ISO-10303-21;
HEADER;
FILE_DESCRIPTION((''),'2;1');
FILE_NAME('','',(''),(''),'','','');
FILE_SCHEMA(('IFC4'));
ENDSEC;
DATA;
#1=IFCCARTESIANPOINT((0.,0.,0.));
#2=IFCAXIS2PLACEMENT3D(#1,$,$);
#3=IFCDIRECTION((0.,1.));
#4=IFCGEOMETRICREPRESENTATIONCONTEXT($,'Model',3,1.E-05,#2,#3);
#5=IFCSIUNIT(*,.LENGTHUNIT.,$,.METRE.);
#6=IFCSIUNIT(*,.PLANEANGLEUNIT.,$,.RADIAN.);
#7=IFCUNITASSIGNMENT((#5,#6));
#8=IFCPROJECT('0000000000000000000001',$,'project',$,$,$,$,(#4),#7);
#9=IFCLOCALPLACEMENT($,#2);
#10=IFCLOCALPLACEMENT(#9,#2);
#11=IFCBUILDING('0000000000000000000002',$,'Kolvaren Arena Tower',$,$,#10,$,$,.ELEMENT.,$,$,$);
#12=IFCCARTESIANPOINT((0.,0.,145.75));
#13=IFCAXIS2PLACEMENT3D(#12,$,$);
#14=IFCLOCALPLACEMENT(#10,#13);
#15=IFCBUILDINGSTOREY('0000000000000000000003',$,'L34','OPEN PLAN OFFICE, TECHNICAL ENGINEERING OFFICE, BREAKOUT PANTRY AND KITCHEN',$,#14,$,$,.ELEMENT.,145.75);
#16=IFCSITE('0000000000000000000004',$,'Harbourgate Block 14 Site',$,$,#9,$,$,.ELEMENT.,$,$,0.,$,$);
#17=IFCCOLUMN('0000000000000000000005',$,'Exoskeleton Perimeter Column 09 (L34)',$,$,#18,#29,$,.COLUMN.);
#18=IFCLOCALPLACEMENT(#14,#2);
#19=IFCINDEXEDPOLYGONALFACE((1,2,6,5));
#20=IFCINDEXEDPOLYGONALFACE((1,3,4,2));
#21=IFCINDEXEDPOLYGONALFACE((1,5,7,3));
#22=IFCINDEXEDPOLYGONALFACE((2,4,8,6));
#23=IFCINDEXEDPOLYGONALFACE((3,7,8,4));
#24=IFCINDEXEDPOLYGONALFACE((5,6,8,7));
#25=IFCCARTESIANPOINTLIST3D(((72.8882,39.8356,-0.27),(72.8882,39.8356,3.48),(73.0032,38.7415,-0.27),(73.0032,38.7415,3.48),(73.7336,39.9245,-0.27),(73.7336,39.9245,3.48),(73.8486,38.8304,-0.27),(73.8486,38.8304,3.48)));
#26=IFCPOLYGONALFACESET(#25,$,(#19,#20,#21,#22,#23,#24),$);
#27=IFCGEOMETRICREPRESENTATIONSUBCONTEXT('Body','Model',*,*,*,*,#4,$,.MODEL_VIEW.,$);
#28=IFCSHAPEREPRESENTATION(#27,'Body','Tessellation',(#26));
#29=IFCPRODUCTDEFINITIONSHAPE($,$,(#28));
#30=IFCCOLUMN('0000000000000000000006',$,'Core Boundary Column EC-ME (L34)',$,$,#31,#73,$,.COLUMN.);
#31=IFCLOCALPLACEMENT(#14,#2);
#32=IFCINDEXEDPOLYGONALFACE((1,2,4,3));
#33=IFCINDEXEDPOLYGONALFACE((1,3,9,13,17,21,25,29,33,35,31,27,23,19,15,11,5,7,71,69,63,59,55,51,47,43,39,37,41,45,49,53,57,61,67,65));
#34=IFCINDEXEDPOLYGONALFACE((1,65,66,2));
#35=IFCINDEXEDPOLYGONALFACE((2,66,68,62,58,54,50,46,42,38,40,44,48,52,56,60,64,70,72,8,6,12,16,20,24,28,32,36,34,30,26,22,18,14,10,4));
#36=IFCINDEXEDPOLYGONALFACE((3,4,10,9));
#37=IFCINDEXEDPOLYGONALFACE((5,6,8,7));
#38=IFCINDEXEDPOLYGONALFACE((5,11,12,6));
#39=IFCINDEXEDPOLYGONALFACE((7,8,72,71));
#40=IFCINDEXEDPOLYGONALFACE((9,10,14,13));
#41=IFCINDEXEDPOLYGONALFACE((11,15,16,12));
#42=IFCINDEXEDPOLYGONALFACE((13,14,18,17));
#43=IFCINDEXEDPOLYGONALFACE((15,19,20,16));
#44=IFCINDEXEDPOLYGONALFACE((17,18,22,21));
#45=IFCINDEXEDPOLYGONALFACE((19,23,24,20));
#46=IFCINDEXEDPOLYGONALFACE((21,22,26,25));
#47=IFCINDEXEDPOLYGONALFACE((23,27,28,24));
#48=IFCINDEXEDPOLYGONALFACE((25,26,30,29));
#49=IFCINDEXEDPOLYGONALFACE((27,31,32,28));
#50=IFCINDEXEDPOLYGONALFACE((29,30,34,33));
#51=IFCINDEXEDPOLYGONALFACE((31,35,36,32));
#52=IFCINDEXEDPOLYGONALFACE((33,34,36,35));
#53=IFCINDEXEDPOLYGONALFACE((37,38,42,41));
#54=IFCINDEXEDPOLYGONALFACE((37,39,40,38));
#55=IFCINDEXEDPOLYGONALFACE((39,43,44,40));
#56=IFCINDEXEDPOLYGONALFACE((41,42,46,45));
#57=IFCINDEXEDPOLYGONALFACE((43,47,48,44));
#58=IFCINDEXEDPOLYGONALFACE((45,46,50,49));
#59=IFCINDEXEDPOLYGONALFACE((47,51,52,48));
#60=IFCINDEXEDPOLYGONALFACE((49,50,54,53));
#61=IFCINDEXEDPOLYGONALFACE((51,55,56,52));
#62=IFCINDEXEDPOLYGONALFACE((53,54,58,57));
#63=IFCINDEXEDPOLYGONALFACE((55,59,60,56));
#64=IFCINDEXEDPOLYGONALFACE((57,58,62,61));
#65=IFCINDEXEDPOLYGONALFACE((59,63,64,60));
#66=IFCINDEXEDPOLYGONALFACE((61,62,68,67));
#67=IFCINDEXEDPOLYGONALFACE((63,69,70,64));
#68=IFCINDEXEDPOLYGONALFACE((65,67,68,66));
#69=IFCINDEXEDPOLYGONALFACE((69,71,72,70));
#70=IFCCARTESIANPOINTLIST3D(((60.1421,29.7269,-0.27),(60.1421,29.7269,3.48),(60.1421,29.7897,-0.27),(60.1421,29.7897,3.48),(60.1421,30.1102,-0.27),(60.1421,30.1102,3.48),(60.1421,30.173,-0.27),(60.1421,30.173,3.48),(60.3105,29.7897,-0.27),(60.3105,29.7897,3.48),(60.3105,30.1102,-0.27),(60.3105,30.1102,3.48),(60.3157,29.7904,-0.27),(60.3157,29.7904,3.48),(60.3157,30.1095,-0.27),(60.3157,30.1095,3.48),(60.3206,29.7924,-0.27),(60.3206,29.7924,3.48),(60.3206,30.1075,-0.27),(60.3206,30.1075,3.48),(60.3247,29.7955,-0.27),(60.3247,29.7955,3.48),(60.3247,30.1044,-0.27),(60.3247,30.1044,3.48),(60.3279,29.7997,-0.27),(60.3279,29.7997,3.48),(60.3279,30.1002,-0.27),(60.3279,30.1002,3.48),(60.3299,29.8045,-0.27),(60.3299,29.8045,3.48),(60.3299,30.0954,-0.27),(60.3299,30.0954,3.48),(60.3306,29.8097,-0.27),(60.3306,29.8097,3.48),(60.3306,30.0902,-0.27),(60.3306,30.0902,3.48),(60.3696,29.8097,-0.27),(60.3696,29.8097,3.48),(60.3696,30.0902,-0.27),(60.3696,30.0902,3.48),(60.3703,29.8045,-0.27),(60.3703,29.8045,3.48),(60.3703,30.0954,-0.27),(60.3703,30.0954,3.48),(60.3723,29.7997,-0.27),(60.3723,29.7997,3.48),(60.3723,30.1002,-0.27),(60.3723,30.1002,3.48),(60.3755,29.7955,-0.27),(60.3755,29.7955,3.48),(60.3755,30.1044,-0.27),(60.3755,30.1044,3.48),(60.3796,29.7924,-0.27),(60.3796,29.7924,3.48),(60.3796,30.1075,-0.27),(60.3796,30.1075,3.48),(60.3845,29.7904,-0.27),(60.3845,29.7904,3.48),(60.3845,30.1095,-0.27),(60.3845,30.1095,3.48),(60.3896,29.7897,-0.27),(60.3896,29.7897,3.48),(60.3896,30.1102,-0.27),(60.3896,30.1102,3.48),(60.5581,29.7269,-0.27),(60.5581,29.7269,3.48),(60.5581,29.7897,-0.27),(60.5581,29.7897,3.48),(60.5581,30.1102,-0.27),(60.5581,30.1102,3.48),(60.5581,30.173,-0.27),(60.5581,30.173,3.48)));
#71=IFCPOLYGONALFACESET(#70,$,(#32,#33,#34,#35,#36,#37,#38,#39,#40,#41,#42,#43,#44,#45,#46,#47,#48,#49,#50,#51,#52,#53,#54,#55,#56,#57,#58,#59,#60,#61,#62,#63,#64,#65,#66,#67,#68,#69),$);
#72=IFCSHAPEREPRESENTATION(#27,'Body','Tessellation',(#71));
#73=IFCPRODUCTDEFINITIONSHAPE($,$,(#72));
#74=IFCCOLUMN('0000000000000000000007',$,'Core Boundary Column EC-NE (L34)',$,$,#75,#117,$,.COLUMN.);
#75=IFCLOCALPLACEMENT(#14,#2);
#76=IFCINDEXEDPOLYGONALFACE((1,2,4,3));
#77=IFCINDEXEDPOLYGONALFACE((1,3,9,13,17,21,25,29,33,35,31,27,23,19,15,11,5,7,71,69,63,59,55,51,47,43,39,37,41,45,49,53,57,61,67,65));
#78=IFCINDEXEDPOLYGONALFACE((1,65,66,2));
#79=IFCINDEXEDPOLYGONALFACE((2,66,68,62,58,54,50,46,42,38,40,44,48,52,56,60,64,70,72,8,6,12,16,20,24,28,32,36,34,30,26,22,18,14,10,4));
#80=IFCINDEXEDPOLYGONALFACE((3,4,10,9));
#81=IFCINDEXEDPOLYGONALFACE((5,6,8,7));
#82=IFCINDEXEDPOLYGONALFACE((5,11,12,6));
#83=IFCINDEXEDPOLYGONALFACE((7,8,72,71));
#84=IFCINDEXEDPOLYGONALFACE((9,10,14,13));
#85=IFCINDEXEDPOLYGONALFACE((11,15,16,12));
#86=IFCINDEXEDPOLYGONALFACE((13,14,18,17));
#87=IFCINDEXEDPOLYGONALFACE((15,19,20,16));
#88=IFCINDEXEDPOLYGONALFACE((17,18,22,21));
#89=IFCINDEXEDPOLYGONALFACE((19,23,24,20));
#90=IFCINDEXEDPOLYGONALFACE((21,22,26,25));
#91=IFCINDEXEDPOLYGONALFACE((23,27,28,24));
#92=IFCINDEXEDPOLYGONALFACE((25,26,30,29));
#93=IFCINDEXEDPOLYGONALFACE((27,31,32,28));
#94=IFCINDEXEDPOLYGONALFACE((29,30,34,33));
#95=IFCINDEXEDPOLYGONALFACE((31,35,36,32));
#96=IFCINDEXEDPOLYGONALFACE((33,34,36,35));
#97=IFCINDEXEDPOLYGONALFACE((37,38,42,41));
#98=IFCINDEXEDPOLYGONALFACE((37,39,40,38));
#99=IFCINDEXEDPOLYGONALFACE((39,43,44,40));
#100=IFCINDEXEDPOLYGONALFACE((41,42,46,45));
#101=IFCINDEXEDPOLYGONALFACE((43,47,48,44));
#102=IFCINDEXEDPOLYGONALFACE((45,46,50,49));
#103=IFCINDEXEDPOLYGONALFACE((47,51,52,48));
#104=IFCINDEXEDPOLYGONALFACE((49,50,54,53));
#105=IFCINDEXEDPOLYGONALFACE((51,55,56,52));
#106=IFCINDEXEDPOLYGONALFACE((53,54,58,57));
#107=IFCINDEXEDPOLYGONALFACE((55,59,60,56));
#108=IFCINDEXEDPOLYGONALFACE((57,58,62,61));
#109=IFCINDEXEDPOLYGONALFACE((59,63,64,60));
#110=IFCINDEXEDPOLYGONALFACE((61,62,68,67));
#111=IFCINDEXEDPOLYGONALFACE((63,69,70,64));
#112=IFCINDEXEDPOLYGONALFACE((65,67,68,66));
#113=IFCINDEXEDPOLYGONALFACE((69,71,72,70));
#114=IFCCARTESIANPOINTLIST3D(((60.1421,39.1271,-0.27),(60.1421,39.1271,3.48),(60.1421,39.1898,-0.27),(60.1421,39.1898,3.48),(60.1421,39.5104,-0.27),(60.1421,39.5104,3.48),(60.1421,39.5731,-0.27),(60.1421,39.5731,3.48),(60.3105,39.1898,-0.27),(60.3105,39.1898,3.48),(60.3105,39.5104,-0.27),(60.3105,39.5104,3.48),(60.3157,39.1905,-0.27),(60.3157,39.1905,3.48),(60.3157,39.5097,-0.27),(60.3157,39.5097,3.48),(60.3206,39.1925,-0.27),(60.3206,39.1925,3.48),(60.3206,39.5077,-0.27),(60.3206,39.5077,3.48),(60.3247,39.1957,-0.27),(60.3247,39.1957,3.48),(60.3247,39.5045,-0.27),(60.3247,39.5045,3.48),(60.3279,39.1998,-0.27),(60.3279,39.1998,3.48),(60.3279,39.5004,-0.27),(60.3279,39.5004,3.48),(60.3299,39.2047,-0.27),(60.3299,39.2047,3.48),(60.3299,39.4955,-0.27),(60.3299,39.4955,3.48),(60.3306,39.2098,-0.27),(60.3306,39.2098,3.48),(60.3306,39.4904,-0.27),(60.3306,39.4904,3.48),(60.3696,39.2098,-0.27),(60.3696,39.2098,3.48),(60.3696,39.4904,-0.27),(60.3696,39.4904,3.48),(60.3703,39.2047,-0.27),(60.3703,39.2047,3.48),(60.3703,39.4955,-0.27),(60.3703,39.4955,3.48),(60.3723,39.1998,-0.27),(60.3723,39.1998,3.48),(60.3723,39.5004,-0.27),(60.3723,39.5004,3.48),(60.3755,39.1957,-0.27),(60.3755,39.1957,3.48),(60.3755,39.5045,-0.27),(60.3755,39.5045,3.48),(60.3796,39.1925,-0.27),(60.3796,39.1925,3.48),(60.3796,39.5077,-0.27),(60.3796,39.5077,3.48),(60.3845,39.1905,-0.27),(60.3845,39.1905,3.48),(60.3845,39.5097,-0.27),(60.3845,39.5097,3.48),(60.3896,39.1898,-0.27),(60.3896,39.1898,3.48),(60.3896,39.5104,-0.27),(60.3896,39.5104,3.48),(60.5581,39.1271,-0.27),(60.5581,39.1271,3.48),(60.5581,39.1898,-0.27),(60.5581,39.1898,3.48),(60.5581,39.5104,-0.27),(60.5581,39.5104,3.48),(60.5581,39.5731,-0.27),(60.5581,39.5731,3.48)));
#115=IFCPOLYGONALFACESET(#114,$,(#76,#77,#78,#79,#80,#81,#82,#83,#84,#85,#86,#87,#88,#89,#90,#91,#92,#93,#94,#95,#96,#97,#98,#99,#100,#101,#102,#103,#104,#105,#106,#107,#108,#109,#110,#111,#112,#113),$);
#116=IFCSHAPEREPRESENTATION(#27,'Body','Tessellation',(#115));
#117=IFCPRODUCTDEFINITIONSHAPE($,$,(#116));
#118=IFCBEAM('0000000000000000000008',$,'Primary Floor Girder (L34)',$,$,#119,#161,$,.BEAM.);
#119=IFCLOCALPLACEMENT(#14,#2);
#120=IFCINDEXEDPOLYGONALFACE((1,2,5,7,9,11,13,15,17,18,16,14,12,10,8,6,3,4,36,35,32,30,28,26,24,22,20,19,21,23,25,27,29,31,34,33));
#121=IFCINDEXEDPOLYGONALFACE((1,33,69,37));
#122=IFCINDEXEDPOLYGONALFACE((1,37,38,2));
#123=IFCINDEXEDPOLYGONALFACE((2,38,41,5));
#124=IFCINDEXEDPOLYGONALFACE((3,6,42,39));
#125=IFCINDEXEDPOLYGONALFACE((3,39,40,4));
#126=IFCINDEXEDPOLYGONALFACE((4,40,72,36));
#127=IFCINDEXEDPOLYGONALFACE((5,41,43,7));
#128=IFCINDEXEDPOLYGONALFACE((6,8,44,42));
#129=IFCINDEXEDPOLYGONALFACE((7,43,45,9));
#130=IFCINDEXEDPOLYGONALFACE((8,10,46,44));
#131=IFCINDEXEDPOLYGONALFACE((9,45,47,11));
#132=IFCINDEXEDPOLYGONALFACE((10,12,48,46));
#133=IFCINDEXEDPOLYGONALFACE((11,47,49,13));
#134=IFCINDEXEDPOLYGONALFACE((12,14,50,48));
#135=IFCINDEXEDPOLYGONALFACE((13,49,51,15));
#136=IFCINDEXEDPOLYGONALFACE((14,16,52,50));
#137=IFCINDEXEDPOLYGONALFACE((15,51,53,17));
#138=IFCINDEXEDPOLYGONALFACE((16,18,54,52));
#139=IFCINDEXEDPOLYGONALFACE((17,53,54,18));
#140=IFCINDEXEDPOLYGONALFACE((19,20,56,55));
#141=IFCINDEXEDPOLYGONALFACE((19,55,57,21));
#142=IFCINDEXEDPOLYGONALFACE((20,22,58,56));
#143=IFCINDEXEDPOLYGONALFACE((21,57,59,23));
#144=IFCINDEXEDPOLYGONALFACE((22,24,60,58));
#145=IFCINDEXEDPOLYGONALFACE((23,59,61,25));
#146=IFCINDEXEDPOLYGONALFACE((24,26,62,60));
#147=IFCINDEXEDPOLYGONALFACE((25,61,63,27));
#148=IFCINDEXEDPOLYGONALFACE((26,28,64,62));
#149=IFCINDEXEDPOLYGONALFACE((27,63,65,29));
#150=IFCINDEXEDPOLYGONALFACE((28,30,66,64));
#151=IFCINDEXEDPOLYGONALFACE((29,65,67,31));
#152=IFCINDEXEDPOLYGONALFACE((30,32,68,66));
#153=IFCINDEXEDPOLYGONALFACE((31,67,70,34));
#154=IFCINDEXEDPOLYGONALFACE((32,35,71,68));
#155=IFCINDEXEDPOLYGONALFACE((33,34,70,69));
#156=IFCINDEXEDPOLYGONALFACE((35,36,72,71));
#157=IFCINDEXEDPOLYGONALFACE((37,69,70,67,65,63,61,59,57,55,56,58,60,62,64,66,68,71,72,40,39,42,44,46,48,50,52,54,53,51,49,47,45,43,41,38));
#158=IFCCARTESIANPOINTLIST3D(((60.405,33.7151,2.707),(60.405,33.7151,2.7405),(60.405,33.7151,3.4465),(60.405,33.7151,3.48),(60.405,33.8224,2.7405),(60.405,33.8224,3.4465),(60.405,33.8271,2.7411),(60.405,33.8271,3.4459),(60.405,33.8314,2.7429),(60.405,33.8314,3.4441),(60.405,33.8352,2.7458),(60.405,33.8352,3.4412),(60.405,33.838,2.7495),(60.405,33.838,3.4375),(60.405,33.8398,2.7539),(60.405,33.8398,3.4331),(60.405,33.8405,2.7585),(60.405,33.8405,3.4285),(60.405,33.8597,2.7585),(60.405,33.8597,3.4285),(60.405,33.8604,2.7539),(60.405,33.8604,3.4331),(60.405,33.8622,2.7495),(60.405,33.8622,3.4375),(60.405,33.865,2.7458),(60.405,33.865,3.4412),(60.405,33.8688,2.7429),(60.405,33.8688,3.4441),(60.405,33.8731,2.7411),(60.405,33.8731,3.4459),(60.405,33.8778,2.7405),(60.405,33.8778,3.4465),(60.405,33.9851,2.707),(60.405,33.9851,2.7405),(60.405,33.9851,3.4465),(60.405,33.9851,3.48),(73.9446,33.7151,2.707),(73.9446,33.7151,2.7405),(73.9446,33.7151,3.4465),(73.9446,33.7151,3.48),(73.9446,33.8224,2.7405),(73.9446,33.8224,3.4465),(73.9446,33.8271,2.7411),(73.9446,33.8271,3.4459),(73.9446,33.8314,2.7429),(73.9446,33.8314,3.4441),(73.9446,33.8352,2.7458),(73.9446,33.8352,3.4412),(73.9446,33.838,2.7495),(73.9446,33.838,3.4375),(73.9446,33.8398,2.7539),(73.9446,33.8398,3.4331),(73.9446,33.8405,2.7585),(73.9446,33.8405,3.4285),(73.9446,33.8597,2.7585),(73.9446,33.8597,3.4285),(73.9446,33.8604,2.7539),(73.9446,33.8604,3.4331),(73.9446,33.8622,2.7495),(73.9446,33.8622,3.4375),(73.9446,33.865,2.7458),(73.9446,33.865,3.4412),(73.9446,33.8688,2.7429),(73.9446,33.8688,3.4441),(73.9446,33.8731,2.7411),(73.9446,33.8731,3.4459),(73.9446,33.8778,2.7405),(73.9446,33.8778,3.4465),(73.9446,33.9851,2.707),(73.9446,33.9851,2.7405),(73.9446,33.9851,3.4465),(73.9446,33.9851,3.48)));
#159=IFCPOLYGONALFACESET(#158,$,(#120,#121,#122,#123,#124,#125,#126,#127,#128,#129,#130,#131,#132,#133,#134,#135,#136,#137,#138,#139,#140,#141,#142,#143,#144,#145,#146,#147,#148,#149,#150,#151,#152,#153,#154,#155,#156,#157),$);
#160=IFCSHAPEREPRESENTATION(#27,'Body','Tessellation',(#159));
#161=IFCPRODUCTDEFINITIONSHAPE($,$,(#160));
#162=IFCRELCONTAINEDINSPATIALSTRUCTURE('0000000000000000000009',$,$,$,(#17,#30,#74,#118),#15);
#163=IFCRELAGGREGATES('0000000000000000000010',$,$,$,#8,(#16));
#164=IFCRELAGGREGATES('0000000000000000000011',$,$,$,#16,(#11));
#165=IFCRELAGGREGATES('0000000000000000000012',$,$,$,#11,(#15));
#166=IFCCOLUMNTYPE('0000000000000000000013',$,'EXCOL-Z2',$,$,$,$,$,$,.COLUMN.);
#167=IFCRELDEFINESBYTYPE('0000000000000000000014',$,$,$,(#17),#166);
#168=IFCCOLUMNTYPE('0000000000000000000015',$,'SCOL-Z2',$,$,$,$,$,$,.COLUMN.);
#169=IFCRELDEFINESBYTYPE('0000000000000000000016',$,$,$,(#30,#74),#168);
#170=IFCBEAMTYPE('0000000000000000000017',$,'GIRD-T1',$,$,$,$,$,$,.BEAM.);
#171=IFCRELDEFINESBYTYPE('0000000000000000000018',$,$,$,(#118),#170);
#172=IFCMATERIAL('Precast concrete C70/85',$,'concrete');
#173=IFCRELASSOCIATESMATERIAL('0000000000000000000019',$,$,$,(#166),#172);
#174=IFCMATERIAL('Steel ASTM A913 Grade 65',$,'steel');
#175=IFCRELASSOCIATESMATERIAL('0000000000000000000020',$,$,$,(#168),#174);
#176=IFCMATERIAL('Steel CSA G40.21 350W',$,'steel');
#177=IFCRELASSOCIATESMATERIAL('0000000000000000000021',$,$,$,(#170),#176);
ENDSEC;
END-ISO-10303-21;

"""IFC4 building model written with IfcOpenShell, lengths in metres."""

from ifc_helpers import new_model, si_unit, direction, frame, origin, origin_2d, place, context, subcontext, project, spatial, rectangle, i_section, extrude, material, material_profile, profile_set, type_object, element, save


model = new_model("IFC4")

# Units and contexts
model_context = context("Model", 3, precision=1e-05, world=origin(), true_north=direction((0.0, 1.0)))
body_context = subcontext(model_context, "Body", "Model", "MODEL_VIEW")
ifc_project = project(units=[si_unit("LENGTHUNIT", "METRE"), si_unit("PLANEANGLEUNIT", "RADIAN")], contexts=[model_context])

# Site, building, storey
site_placement = place(None, origin())
site = spatial("IfcSite", under=ifc_project, at=site_placement, Name="Harbourgate Block 14 Site", CompositionType="ELEMENT", RefElevation=0.0)
building_placement = place(site_placement, origin())
building = spatial("IfcBuilding", under=site, at=building_placement, Name="Kolvaren Arena Tower", CompositionType="ELEMENT")
storey_placement = place(building_placement, frame((0.0, 0.0, 145.75)))
storey = spatial("IfcBuildingStorey", under=building, at=storey_placement, Name="L34", Description="OPEN PLAN OFFICE, TECHNICAL ENGINEERING OFFICE, BREAKOUT PANTRY AND KITCHEN", CompositionType="ELEMENT", Elevation=145.75)

# Columns
ifc_material_1 = material(Name="Precast concrete C70/85", Category="concrete")
ifc_material_profile_1 = material_profile(ifc_material_1, rectangle(XDim=1.1001, YDim=0.8501, at=origin_2d()), Name="RC-1100x850")
ifc_profile_set_1 = profile_set([ifc_material_profile_1], Name="Precast concrete C70/85")
column_type_1 = type_object("IfcColumnType", Name="EXCOL-Z2", PredefinedType="COLUMN", material=ifc_profile_set_1)
column_placement = place(storey_placement, frame((73.3684, 39.333, -0.27), z_axis=(0.0, 0.0, 1.0), x_axis=(-0.104528, 0.994522, 0.0)))
element("IfcColumn", 1, at=column_placement, inside=storey, type_object=column_type_1, Name="Exoskeleton Perimeter Column 09 (L34)", PredefinedType="COLUMN", context=body_context, shape_type="SweptSolid", body=[
    extrude(rectangle(XDim=1.1001, YDim=0.8501, at=origin_2d()), origin(), (0.0, 0.0, 1.0), 3.75),
])
ifc_material_2 = material(Name="Steel ASTM A913 Grade 65", Category="steel")
ifc_material_profile_2 = material_profile(ifc_material_2, i_section(OverallWidth=0.416, OverallDepth=0.446, WebThickness=0.0391, FlangeThickness=0.0627, FilletRadius=0.02, at=origin_2d()), Name="W360x509")
ifc_profile_set_2 = profile_set([ifc_material_profile_2], Name="Steel ASTM A913 Grade 65")
column_type_2 = type_object("IfcColumnType", Name="SCOL-Z2", PredefinedType="COLUMN", material=ifc_profile_set_2)
for number, where, z_axis, x_axis, name in (
    (2, (60.3501, 29.95, -0.27), (0.0, 0.0, 1.0), (1.0, 0.0, 0.0), "Core Boundary Column EC-ME (L34)"),
    (3, (60.3501, 39.3501, -0.27), (0.0, 0.0, 1.0), (1.0, 0.0, 0.0), "Core Boundary Column EC-NE (L34)"),
):
    element("IfcColumn", number, at=place(storey_placement, frame(where, z_axis=z_axis, x_axis=x_axis)), inside=storey, type_object=column_type_2, Name=name, PredefinedType="COLUMN", context=body_context, shape_type="SweptSolid", body=[
        extrude(i_section(OverallWidth=0.416, OverallDepth=0.446, WebThickness=0.0391, FlangeThickness=0.0627, FilletRadius=0.02, at=origin_2d()), origin(), (0.0, 0.0, 1.0), 3.75),
    ])

# Beam
ifc_material_3 = material(Name="Steel CSA G40.21 350W", Category="steel")
ifc_material_profile_3 = material_profile(ifc_material_3, i_section(OverallWidth=0.27, OverallDepth=0.7729, WebThickness=0.0193, FlangeThickness=0.0334, FilletRadius=0.0181, at=origin_2d()), Name="W760x257")
ifc_profile_set_3 = profile_set([ifc_material_profile_3], Name="Steel CSA G40.21 350W")
beam_type_1 = type_object("IfcBeamType", Name="GIRD-T1", PredefinedType="BEAM", material=ifc_profile_set_3)
beam_1_placement = place(storey_placement, frame((60.405, 33.8501, 3.0935), z_axis=(1.0, 0.0, 0.0), x_axis=(0.0, 1.0, 0.0)))
element("IfcBeam", 4, at=beam_1_placement, inside=storey, type_object=beam_type_1, Name="Primary Floor Girder (L34)", PredefinedType="BEAM", context=body_context, shape_type="SweptSolid", body=[
    extrude(i_section(OverallWidth=0.27, OverallDepth=0.7729, WebThickness=0.0193, FlangeThickness=0.0334, FilletRadius=0.0181, at=origin_2d()), origin(), (0.0, 0.0, 1.0), 13.5396),
])

save(model, "model.ifc")
